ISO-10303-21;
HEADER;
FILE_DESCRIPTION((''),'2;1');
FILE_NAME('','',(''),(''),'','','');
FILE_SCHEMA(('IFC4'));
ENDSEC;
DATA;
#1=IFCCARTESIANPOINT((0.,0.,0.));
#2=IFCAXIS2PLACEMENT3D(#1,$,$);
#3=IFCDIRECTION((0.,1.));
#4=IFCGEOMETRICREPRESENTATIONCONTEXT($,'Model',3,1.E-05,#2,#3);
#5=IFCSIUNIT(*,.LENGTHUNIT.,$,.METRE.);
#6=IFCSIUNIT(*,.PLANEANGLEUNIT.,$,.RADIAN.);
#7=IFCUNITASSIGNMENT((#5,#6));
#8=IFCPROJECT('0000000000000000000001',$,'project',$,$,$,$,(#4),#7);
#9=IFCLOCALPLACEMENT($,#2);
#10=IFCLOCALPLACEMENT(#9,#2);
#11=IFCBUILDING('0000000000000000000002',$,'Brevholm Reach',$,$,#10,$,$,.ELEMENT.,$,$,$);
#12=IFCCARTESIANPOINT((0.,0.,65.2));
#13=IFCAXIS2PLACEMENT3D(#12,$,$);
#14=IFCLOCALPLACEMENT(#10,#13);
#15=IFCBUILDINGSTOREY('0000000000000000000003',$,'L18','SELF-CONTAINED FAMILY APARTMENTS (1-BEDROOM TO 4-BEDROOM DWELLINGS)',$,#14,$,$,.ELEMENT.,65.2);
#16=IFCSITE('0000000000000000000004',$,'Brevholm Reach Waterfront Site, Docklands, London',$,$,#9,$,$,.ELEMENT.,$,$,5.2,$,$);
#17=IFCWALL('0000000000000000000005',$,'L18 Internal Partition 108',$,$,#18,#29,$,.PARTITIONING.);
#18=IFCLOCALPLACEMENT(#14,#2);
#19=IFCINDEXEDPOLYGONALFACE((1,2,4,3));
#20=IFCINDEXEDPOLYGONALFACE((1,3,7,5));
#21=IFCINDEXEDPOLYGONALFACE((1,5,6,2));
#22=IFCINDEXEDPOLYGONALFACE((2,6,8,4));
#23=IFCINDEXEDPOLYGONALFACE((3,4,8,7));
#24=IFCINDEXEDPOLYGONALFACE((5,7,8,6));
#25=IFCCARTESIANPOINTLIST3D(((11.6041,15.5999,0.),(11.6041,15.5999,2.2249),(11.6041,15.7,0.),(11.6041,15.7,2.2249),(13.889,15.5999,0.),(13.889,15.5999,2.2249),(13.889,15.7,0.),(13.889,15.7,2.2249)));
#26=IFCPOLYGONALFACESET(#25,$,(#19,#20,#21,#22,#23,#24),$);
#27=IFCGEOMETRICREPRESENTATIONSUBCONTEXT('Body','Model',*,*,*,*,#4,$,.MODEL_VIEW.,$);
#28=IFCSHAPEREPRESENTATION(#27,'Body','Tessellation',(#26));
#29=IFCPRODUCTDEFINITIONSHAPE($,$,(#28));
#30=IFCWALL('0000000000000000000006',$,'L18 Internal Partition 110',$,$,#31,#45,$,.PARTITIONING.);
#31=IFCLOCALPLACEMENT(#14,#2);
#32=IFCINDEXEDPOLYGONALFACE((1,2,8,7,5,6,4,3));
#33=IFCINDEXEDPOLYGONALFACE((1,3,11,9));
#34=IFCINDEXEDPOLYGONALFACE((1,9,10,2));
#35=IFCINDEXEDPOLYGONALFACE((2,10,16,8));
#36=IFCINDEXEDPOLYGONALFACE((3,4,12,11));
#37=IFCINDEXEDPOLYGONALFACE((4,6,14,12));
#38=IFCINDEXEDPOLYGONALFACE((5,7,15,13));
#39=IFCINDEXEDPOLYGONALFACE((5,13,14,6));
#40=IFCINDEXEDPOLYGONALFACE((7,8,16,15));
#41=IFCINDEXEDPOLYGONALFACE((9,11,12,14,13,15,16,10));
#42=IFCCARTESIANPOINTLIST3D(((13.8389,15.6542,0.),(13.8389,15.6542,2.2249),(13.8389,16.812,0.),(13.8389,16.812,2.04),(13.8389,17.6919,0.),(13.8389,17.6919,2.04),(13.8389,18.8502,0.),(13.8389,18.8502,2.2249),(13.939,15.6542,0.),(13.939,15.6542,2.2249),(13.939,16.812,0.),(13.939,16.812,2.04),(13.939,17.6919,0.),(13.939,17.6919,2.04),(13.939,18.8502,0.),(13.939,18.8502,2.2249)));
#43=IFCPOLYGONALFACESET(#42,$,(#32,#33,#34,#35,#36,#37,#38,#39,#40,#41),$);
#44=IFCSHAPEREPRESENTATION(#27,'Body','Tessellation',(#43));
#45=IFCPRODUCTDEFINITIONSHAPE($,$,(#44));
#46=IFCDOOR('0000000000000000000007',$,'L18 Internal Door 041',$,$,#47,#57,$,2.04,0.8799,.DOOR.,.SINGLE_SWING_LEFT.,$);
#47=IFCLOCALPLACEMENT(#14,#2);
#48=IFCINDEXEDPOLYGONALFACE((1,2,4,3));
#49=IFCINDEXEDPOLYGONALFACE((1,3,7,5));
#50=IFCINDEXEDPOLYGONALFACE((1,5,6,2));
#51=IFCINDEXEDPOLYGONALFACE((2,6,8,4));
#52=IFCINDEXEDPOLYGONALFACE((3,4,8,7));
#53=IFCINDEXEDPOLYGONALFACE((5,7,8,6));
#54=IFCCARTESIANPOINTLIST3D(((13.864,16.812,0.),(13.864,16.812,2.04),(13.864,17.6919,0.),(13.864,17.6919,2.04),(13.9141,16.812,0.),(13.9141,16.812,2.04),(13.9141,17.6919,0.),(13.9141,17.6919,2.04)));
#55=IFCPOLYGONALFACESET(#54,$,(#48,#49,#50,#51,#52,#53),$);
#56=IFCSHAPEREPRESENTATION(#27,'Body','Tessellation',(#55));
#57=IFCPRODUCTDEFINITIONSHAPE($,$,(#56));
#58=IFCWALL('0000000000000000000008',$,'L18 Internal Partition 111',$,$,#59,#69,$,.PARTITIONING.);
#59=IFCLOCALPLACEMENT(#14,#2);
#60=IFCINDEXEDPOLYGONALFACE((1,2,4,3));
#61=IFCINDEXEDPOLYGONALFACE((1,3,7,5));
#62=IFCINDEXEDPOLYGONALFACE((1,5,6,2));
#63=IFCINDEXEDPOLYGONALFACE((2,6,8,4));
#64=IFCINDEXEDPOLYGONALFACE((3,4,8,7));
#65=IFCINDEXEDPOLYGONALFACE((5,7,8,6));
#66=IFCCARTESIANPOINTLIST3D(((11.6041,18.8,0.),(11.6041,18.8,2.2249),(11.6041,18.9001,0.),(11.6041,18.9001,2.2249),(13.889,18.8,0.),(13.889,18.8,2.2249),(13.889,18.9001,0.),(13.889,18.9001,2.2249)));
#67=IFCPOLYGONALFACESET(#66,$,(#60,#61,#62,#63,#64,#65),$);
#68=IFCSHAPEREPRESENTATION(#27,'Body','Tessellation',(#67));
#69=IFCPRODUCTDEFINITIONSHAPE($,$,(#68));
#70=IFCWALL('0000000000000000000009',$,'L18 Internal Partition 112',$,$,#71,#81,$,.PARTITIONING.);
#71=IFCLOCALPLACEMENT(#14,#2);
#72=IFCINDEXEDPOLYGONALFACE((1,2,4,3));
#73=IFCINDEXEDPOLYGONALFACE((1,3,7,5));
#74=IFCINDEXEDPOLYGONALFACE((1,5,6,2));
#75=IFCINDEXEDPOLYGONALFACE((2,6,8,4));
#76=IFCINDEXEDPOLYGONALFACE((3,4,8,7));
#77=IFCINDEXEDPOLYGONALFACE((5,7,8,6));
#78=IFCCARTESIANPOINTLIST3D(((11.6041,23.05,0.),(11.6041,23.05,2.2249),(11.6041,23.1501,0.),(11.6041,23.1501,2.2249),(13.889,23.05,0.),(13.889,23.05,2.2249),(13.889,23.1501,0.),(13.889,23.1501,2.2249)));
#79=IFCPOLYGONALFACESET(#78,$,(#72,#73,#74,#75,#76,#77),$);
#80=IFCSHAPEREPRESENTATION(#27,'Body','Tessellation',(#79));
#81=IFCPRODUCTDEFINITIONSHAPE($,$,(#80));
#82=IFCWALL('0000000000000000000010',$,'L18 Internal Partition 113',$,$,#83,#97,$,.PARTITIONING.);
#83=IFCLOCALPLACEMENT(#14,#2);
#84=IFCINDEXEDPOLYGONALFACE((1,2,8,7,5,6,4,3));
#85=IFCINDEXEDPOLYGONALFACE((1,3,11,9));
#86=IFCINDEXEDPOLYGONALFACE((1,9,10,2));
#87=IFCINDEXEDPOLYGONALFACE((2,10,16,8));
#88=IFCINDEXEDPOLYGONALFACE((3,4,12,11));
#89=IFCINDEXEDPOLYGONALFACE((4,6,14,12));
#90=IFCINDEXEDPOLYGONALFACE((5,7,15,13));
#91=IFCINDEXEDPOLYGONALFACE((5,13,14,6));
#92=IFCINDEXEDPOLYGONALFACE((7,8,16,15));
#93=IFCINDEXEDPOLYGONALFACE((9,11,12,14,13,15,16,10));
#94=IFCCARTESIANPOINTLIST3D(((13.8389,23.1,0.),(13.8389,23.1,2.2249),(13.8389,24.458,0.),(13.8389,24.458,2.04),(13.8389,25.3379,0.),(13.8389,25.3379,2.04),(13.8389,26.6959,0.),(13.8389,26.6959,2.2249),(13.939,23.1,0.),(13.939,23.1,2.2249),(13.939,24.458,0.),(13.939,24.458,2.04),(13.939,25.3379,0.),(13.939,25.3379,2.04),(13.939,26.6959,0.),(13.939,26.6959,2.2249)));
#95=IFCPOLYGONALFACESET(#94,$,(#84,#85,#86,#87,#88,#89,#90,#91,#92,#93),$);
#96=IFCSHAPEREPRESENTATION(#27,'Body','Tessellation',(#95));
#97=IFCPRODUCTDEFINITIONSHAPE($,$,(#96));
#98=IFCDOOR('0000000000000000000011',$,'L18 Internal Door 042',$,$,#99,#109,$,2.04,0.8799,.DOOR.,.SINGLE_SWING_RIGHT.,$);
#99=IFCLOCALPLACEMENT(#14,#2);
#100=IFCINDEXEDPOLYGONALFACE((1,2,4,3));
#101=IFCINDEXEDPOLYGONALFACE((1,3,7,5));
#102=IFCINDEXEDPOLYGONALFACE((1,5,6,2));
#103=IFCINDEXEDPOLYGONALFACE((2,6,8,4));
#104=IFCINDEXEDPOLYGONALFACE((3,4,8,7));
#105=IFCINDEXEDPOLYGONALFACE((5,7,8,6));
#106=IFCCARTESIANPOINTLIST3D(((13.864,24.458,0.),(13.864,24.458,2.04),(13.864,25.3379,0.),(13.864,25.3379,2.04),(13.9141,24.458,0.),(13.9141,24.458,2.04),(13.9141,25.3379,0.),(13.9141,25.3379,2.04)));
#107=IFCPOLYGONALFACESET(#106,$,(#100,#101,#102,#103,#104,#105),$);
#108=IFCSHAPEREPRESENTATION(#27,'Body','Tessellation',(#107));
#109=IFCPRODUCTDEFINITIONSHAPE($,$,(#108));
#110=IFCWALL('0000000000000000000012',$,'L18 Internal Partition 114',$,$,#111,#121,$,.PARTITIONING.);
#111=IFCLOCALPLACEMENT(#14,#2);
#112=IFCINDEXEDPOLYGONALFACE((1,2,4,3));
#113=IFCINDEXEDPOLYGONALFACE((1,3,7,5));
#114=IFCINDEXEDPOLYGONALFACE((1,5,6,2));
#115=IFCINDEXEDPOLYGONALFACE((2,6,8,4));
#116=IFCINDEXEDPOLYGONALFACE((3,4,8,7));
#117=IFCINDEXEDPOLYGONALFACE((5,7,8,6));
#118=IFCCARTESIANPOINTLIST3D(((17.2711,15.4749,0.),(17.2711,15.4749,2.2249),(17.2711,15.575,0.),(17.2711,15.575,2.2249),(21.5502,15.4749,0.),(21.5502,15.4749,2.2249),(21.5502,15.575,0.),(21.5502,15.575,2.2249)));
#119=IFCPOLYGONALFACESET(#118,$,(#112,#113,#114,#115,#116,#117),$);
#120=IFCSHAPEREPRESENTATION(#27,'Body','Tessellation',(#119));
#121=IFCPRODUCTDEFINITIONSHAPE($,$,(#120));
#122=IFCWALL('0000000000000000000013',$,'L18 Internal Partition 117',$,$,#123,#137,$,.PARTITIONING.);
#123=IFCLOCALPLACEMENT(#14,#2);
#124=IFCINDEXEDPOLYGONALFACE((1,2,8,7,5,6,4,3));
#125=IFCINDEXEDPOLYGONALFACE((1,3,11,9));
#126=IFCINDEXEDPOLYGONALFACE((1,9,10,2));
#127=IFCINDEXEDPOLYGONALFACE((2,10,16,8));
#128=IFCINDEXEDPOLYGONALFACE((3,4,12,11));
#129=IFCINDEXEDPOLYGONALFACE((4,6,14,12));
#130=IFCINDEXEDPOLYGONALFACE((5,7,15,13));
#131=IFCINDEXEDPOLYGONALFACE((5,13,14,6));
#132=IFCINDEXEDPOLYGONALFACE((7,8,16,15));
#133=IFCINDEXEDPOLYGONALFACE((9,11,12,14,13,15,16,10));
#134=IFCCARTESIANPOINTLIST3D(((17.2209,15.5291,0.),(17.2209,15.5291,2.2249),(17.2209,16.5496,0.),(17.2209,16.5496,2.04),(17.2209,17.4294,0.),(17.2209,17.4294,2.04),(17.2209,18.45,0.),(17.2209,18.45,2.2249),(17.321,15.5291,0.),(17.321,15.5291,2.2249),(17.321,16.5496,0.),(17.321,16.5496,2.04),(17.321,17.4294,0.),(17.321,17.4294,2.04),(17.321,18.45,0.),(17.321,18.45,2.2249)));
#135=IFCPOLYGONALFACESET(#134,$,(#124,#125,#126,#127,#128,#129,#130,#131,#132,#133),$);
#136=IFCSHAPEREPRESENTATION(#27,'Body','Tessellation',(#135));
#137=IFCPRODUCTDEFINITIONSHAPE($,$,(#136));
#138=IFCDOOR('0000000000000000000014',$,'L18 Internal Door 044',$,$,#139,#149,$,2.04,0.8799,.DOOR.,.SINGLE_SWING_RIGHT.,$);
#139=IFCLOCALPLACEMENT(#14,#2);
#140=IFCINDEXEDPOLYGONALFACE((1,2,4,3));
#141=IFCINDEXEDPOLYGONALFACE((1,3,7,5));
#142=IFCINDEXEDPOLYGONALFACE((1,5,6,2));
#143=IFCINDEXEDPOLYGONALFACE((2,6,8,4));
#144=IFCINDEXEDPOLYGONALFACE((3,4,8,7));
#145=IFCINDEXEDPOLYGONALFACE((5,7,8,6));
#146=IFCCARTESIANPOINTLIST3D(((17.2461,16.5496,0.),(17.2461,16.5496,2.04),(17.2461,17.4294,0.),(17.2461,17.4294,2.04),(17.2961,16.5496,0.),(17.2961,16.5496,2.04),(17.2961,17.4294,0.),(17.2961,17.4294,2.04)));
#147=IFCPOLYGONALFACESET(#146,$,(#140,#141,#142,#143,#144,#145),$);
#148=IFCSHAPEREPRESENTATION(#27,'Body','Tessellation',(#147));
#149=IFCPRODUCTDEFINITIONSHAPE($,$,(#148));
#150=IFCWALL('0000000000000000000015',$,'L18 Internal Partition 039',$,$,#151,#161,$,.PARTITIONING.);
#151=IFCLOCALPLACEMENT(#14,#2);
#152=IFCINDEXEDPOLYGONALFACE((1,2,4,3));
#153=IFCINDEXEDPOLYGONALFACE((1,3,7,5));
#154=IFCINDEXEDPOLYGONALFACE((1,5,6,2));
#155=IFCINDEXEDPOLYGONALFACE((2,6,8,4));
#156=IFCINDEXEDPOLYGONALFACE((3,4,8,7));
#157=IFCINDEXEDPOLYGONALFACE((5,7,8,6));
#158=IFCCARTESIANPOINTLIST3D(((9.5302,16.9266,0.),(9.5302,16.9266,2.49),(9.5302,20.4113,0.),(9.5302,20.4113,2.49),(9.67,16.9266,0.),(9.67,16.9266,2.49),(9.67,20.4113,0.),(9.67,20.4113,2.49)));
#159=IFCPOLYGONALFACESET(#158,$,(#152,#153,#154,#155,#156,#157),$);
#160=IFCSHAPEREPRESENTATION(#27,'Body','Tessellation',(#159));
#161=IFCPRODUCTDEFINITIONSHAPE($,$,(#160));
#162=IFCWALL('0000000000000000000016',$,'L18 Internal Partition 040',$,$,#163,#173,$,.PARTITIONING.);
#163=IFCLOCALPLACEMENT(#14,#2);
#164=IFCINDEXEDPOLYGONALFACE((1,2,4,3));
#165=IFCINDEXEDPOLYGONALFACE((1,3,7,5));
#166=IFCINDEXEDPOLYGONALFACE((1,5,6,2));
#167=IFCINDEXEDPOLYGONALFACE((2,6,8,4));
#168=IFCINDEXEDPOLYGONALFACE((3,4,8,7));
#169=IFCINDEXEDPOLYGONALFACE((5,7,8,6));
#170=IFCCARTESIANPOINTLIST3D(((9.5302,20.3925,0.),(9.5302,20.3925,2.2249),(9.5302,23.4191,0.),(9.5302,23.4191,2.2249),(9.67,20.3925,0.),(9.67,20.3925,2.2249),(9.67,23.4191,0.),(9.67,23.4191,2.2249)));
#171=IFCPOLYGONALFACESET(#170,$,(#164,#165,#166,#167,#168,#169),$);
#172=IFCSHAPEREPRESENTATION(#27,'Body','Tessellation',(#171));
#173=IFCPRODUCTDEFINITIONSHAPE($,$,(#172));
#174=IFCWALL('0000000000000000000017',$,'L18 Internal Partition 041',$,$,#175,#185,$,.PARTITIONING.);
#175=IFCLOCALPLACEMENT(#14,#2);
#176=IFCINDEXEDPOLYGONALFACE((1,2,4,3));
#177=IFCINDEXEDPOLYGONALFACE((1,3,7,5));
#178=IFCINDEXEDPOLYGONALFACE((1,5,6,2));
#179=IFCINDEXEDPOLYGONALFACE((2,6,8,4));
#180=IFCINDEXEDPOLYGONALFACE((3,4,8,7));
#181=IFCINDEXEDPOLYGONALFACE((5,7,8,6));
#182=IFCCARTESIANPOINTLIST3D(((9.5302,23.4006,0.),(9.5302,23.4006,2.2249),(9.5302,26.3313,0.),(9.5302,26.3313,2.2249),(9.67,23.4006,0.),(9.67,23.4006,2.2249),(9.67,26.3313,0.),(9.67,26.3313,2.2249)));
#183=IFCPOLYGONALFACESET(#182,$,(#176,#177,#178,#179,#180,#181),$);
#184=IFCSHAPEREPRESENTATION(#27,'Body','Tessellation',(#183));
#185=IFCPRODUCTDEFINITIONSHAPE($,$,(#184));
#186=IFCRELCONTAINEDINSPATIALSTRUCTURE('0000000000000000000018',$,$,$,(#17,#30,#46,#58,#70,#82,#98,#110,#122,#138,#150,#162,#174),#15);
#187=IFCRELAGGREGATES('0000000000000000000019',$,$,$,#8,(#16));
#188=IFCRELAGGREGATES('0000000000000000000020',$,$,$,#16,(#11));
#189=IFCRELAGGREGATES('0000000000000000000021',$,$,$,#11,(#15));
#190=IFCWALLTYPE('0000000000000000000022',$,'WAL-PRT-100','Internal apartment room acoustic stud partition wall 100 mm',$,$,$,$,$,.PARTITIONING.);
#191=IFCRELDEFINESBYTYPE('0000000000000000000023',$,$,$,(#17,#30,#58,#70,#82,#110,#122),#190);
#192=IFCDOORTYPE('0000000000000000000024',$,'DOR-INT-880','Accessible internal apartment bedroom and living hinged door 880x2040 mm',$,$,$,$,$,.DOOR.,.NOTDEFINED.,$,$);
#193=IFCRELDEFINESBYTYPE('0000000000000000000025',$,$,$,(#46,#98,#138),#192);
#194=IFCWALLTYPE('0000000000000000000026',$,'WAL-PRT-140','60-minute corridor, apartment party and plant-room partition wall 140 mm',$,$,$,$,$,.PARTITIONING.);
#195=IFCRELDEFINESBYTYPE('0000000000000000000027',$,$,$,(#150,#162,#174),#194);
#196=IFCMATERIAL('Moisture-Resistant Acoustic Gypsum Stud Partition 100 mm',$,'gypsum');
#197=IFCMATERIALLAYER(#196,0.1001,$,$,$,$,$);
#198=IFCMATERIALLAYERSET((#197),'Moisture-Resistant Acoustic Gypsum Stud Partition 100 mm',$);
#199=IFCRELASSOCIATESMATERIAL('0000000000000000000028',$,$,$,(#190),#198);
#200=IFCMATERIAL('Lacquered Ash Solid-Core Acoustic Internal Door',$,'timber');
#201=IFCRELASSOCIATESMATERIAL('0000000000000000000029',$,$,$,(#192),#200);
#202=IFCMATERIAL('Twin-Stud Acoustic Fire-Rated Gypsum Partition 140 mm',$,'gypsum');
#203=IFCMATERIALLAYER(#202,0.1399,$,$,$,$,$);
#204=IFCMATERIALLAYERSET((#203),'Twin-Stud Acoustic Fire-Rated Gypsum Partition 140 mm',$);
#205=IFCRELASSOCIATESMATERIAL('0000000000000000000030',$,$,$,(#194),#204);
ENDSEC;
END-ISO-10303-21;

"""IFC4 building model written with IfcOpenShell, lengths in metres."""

from ifc_helpers import new_model, si_unit, direction, frame, frame_2d, origin, place, context, subcontext, project, spatial, rectangle, extrude, material, layer, layer_set, type_object, element, fill, save


model = new_model("IFC4")

# Units and contexts
model_context = context("Model", 3, precision=1e-05, world=origin(), true_north=direction((0.0, 1.0)))
body_context = subcontext(model_context, "Body", "Model", "MODEL_VIEW")
ifc_project = project(units=[si_unit("LENGTHUNIT", "METRE"), si_unit("PLANEANGLEUNIT", "RADIAN")], contexts=[model_context])

# Site, building, storey
site_placement = place(None, origin())
site = spatial("IfcSite", under=ifc_project, at=site_placement, Name="Brevholm Reach Waterfront Site, Docklands, London", CompositionType="ELEMENT", RefElevation=5.2)
building_placement = place(site_placement, origin())
building = spatial("IfcBuilding", under=site, at=building_placement, Name="Brevholm Reach", CompositionType="ELEMENT")
storey_placement = place(building_placement, frame((0.0, 0.0, 65.2)))
storey = spatial("IfcBuildingStorey", under=building, at=storey_placement, Name="L18", Description="SELF-CONTAINED FAMILY APARTMENTS (1-BEDROOM TO 4-BEDROOM DWELLINGS)", CompositionType="ELEMENT", Elevation=65.2)

# Wall
ifc_material_1 = material(Name="Moisture-Resistant Acoustic Gypsum Stud Partition 100 mm", Category="gypsum")
ifc_layer_1 = layer(ifc_material_1, 0.1001)
ifc_layer_set_1 = layer_set([ifc_layer_1], Name="Moisture-Resistant Acoustic Gypsum Stud Partition 100 mm")
wall_type_1 = type_object("IfcWallType", Name="WAL-PRT-100", Description="Internal apartment room acoustic stud partition wall 100 mm", PredefinedType="PARTITIONING", material=ifc_layer_set_1)
wall_1_placement = place(storey_placement, frame((11.604, 15.6499, 0.0), z_axis=(0.0, 0.0, 1.0), x_axis=(1.0, 0.0, 0.0)))
element("IfcWall", 1, at=wall_1_placement, inside=storey, type_object=wall_type_1, Name="L18 Internal Partition 108", PredefinedType="PARTITIONING", context=body_context, shape_type="SweptSolid", body=[
    extrude(rectangle(XDim=2.2849, YDim=0.1001, at=frame_2d((1.1426, 0.0))), origin(), (0.0, 0.0, 1.0), 2.2249),
])

# Wall, opening, door
wall_2_placement = place(storey_placement, frame((13.8889, 15.6541, 0.0), z_axis=(0.0, 0.0, 1.0), x_axis=(0.0, 1.0, 0.0)))
wall_2 = element("IfcWall", 2, at=wall_2_placement, inside=storey, type_object=wall_type_1, Name="L18 Internal Partition 110", PredefinedType="PARTITIONING", context=body_context, shape_type="SweptSolid", body=[
    extrude(rectangle(XDim=3.196, YDim=0.1001, at=frame_2d((1.5981, 0.0))), origin(), (0.0, 0.0, 1.0), 2.2249),
])
opening_1_placement = place(wall_2_placement, frame((1.158, 0.0, 0.0)))
opening_1 = element("IfcOpeningElement", 3, at=opening_1_placement, cuts=wall_2, PredefinedType="OPENING", context=body_context, shape_type="SweptSolid", body=[
    extrude(rectangle(XDim=0.8799, YDim=2.04, at=frame_2d((0.4399, 1.02))), frame((0.0, 0.0601, 0.0), z_axis=(0.0, -1.0, 0.0), x_axis=(1.0, 0.0, 0.0)), (0.0, 0.0, 1.0), 0.1201),
])
ifc_material_2 = material(Name="Lacquered Ash Solid-Core Acoustic Internal Door", Category="timber")
door_type_1 = type_object("IfcDoorType", Name="DOR-INT-880", Description="Accessible internal apartment bedroom and living hinged door 880x2040 mm", OperationType="NOTDEFINED", PredefinedType="DOOR", material=ifc_material_2)
door_1_placement = place(opening_1_placement, origin())
door_1 = element("IfcDoor", 4, at=door_1_placement, inside=storey, type_object=door_type_1, Name="L18 Internal Door 041", OperationType="SINGLE_SWING_LEFT", OverallHeight=2.04, OverallWidth=0.8799, PredefinedType="DOOR", context=body_context, shape_type="SweptSolid", body=[
    extrude(rectangle(XDim=0.8799, YDim=2.04, at=frame_2d((0.4399, 1.02))), frame((0.0, 0.0249, 0.0), z_axis=(0.0, -1.0, 0.0), x_axis=(1.0, 0.0, 0.0)), (0.0, 0.0, 1.0), 0.05),
])
fill(opening_1, door_1)

# Walls
for number, where, z_axis, x_axis, name in (
    (5, (11.604, 18.8501, 0.0), (0.0, 0.0, 1.0), (1.0, 0.0, 0.0), "L18 Internal Partition 111"),
    (6, (11.604, 23.1001, 0.0), (0.0, 0.0, 1.0), (1.0, 0.0, 0.0), "L18 Internal Partition 112"),
):
    element("IfcWall", number, at=place(storey_placement, frame(where, z_axis=z_axis, x_axis=x_axis)), inside=storey, type_object=wall_type_1, Name=name, PredefinedType="PARTITIONING", context=body_context, shape_type="SweptSolid", body=[
        extrude(rectangle(XDim=2.2849, YDim=0.1001, at=frame_2d((1.1426, 0.0))), origin(), (0.0, 0.0, 1.0), 2.2249),
    ])

# Wall, opening, door
wall_3_placement = place(storey_placement, frame((13.8889, 23.1001, 0.0), z_axis=(0.0, 0.0, 1.0), x_axis=(0.0, 1.0, 0.0)))
wall_3 = element("IfcWall", 7, at=wall_3_placement, inside=storey, type_object=wall_type_1, Name="L18 Internal Partition 113", PredefinedType="PARTITIONING", context=body_context, shape_type="SweptSolid", body=[
    extrude(rectangle(XDim=3.5959, YDim=0.1001, at=frame_2d((1.7979, 0.0))), origin(), (0.0, 0.0, 1.0), 2.2249),
])
opening_2_placement = place(wall_3_placement, frame((1.3579, 0.0, 0.0)))
opening_2 = element("IfcOpeningElement", 8, at=opening_2_placement, cuts=wall_3, PredefinedType="OPENING", context=body_context, shape_type="SweptSolid", body=[
    extrude(rectangle(XDim=0.8799, YDim=2.04, at=frame_2d((0.4399, 1.02))), frame((0.0, 0.0601, 0.0), z_axis=(0.0, -1.0, 0.0), x_axis=(1.0, 0.0, 0.0)), (0.0, 0.0, 1.0), 0.1201),
])
door_2_placement = place(opening_2_placement, origin())
door_2 = element("IfcDoor", 9, at=door_2_placement, inside=storey, type_object=door_type_1, Name="L18 Internal Door 042", OperationType="SINGLE_SWING_RIGHT", OverallHeight=2.04, OverallWidth=0.8799, PredefinedType="DOOR", context=body_context, shape_type="SweptSolid", body=[
    extrude(rectangle(XDim=0.8799, YDim=2.04, at=frame_2d((0.4399, 1.02))), frame((0.0, 0.0249, 0.0), z_axis=(0.0, -1.0, 0.0), x_axis=(1.0, 0.0, 0.0)), (0.0, 0.0, 1.0), 0.05),
])
fill(opening_2, door_2)

# Wall
wall_4_placement = place(storey_placement, frame((17.271, 15.5249, 0.0), z_axis=(0.0, 0.0, 1.0), x_axis=(1.0, 0.0, 0.0)))
element("IfcWall", 10, at=wall_4_placement, inside=storey, type_object=wall_type_1, Name="L18 Internal Partition 114", PredefinedType="PARTITIONING", context=body_context, shape_type="SweptSolid", body=[
    extrude(rectangle(XDim=4.2791, YDim=0.1001, at=frame_2d((2.1396, 0.0))), origin(), (0.0, 0.0, 1.0), 2.2249),
])

# Wall, opening, door
wall_5_placement = place(storey_placement, frame((17.271, 15.5291, 0.0), z_axis=(0.0, 0.0, 1.0), x_axis=(0.0, 1.0, 0.0)))
wall_5 = element("IfcWall", 11, at=wall_5_placement, inside=storey, type_object=wall_type_1, Name="L18 Internal Partition 117", PredefinedType="PARTITIONING", context=body_context, shape_type="SweptSolid", body=[
    extrude(rectangle(XDim=2.9209, YDim=0.1001, at=frame_2d((1.4604, 0.0))), origin(), (0.0, 0.0, 1.0), 2.2249),
])
opening_3_placement = place(wall_5_placement, frame((1.0205, 0.0, 0.0)))
opening_3 = element("IfcOpeningElement", 12, at=opening_3_placement, cuts=wall_5, PredefinedType="OPENING", context=body_context, shape_type="SweptSolid", body=[
    extrude(rectangle(XDim=0.8799, YDim=2.04, at=frame_2d((0.4399, 1.02))), frame((0.0, 0.0601, 0.0), z_axis=(0.0, -1.0, 0.0), x_axis=(1.0, 0.0, 0.0)), (0.0, 0.0, 1.0), 0.1201),
])
door_3_placement = place(opening_3_placement, origin())
door_3 = element("IfcDoor", 13, at=door_3_placement, inside=storey, type_object=door_type_1, Name="L18 Internal Door 044", OperationType="SINGLE_SWING_RIGHT", OverallHeight=2.04, OverallWidth=0.8799, PredefinedType="DOOR", context=body_context, shape_type="SweptSolid", body=[
    extrude(rectangle(XDim=0.8799, YDim=2.04, at=frame_2d((0.4399, 1.02))), frame((0.0, 0.0249, 0.0), z_axis=(0.0, -1.0, 0.0), x_axis=(1.0, 0.0, 0.0)), (0.0, 0.0, 1.0), 0.05),
])
fill(opening_3, door_3)

# Walls
ifc_material_3 = material(Name="Twin-Stud Acoustic Fire-Rated Gypsum Partition 140 mm", Category="gypsum")
ifc_layer_2 = layer(ifc_material_3, 0.1399)
ifc_layer_set_2 = layer_set([ifc_layer_2], Name="Twin-Stud Acoustic Fire-Rated Gypsum Partition 140 mm")
wall_type_2 = type_object("IfcWallType", Name="WAL-PRT-140", Description="60-minute corridor, apartment party and plant-room partition wall 140 mm", PredefinedType="PARTITIONING", material=ifc_layer_set_2)
wall_6_placement = place(storey_placement, frame((9.6001, 16.9268, 0.0), z_axis=(0.0, 0.0, 1.0), x_axis=(0.0, 1.0, 0.0)))
element("IfcWall", 14, at=wall_6_placement, inside=storey, type_object=wall_type_2, Name="L18 Internal Partition 039", PredefinedType="PARTITIONING", context=body_context, shape_type="SweptSolid", body=[
    extrude(rectangle(XDim=3.4846, YDim=0.1399, at=frame_2d((1.7422, 0.0))), origin(), (0.0, 0.0, 1.0), 2.49),
])
wall_7_placement = place(storey_placement, frame((9.6001, 20.3926, 0.0), z_axis=(0.0, 0.0, 1.0), x_axis=(0.0, 1.0, 0.0)))
element("IfcWall", 15, at=wall_7_placement, inside=storey, type_object=wall_type_2, Name="L18 Internal Partition 040", PredefinedType="PARTITIONING", context=body_context, shape_type="SweptSolid", body=[
    extrude(rectangle(XDim=3.0266, YDim=0.1399, at=frame_2d((1.5132, 0.0))), origin(), (0.0, 0.0, 1.0), 2.2249),
])
wall_8_placement = place(storey_placement, frame((9.6001, 23.4006, 0.0), z_axis=(0.0, 0.0, 1.0), x_axis=(0.0, 1.0, 0.0)))
element("IfcWall", 16, at=wall_8_placement, inside=storey, type_object=wall_type_2, Name="L18 Internal Partition 041", PredefinedType="PARTITIONING", context=body_context, shape_type="SweptSolid", body=[
    extrude(rectangle(XDim=2.9307, YDim=0.1399, at=frame_2d((1.4653, 0.0))), origin(), (0.0, 0.0, 1.0), 2.2249),
])

save(model, "model.ifc")
